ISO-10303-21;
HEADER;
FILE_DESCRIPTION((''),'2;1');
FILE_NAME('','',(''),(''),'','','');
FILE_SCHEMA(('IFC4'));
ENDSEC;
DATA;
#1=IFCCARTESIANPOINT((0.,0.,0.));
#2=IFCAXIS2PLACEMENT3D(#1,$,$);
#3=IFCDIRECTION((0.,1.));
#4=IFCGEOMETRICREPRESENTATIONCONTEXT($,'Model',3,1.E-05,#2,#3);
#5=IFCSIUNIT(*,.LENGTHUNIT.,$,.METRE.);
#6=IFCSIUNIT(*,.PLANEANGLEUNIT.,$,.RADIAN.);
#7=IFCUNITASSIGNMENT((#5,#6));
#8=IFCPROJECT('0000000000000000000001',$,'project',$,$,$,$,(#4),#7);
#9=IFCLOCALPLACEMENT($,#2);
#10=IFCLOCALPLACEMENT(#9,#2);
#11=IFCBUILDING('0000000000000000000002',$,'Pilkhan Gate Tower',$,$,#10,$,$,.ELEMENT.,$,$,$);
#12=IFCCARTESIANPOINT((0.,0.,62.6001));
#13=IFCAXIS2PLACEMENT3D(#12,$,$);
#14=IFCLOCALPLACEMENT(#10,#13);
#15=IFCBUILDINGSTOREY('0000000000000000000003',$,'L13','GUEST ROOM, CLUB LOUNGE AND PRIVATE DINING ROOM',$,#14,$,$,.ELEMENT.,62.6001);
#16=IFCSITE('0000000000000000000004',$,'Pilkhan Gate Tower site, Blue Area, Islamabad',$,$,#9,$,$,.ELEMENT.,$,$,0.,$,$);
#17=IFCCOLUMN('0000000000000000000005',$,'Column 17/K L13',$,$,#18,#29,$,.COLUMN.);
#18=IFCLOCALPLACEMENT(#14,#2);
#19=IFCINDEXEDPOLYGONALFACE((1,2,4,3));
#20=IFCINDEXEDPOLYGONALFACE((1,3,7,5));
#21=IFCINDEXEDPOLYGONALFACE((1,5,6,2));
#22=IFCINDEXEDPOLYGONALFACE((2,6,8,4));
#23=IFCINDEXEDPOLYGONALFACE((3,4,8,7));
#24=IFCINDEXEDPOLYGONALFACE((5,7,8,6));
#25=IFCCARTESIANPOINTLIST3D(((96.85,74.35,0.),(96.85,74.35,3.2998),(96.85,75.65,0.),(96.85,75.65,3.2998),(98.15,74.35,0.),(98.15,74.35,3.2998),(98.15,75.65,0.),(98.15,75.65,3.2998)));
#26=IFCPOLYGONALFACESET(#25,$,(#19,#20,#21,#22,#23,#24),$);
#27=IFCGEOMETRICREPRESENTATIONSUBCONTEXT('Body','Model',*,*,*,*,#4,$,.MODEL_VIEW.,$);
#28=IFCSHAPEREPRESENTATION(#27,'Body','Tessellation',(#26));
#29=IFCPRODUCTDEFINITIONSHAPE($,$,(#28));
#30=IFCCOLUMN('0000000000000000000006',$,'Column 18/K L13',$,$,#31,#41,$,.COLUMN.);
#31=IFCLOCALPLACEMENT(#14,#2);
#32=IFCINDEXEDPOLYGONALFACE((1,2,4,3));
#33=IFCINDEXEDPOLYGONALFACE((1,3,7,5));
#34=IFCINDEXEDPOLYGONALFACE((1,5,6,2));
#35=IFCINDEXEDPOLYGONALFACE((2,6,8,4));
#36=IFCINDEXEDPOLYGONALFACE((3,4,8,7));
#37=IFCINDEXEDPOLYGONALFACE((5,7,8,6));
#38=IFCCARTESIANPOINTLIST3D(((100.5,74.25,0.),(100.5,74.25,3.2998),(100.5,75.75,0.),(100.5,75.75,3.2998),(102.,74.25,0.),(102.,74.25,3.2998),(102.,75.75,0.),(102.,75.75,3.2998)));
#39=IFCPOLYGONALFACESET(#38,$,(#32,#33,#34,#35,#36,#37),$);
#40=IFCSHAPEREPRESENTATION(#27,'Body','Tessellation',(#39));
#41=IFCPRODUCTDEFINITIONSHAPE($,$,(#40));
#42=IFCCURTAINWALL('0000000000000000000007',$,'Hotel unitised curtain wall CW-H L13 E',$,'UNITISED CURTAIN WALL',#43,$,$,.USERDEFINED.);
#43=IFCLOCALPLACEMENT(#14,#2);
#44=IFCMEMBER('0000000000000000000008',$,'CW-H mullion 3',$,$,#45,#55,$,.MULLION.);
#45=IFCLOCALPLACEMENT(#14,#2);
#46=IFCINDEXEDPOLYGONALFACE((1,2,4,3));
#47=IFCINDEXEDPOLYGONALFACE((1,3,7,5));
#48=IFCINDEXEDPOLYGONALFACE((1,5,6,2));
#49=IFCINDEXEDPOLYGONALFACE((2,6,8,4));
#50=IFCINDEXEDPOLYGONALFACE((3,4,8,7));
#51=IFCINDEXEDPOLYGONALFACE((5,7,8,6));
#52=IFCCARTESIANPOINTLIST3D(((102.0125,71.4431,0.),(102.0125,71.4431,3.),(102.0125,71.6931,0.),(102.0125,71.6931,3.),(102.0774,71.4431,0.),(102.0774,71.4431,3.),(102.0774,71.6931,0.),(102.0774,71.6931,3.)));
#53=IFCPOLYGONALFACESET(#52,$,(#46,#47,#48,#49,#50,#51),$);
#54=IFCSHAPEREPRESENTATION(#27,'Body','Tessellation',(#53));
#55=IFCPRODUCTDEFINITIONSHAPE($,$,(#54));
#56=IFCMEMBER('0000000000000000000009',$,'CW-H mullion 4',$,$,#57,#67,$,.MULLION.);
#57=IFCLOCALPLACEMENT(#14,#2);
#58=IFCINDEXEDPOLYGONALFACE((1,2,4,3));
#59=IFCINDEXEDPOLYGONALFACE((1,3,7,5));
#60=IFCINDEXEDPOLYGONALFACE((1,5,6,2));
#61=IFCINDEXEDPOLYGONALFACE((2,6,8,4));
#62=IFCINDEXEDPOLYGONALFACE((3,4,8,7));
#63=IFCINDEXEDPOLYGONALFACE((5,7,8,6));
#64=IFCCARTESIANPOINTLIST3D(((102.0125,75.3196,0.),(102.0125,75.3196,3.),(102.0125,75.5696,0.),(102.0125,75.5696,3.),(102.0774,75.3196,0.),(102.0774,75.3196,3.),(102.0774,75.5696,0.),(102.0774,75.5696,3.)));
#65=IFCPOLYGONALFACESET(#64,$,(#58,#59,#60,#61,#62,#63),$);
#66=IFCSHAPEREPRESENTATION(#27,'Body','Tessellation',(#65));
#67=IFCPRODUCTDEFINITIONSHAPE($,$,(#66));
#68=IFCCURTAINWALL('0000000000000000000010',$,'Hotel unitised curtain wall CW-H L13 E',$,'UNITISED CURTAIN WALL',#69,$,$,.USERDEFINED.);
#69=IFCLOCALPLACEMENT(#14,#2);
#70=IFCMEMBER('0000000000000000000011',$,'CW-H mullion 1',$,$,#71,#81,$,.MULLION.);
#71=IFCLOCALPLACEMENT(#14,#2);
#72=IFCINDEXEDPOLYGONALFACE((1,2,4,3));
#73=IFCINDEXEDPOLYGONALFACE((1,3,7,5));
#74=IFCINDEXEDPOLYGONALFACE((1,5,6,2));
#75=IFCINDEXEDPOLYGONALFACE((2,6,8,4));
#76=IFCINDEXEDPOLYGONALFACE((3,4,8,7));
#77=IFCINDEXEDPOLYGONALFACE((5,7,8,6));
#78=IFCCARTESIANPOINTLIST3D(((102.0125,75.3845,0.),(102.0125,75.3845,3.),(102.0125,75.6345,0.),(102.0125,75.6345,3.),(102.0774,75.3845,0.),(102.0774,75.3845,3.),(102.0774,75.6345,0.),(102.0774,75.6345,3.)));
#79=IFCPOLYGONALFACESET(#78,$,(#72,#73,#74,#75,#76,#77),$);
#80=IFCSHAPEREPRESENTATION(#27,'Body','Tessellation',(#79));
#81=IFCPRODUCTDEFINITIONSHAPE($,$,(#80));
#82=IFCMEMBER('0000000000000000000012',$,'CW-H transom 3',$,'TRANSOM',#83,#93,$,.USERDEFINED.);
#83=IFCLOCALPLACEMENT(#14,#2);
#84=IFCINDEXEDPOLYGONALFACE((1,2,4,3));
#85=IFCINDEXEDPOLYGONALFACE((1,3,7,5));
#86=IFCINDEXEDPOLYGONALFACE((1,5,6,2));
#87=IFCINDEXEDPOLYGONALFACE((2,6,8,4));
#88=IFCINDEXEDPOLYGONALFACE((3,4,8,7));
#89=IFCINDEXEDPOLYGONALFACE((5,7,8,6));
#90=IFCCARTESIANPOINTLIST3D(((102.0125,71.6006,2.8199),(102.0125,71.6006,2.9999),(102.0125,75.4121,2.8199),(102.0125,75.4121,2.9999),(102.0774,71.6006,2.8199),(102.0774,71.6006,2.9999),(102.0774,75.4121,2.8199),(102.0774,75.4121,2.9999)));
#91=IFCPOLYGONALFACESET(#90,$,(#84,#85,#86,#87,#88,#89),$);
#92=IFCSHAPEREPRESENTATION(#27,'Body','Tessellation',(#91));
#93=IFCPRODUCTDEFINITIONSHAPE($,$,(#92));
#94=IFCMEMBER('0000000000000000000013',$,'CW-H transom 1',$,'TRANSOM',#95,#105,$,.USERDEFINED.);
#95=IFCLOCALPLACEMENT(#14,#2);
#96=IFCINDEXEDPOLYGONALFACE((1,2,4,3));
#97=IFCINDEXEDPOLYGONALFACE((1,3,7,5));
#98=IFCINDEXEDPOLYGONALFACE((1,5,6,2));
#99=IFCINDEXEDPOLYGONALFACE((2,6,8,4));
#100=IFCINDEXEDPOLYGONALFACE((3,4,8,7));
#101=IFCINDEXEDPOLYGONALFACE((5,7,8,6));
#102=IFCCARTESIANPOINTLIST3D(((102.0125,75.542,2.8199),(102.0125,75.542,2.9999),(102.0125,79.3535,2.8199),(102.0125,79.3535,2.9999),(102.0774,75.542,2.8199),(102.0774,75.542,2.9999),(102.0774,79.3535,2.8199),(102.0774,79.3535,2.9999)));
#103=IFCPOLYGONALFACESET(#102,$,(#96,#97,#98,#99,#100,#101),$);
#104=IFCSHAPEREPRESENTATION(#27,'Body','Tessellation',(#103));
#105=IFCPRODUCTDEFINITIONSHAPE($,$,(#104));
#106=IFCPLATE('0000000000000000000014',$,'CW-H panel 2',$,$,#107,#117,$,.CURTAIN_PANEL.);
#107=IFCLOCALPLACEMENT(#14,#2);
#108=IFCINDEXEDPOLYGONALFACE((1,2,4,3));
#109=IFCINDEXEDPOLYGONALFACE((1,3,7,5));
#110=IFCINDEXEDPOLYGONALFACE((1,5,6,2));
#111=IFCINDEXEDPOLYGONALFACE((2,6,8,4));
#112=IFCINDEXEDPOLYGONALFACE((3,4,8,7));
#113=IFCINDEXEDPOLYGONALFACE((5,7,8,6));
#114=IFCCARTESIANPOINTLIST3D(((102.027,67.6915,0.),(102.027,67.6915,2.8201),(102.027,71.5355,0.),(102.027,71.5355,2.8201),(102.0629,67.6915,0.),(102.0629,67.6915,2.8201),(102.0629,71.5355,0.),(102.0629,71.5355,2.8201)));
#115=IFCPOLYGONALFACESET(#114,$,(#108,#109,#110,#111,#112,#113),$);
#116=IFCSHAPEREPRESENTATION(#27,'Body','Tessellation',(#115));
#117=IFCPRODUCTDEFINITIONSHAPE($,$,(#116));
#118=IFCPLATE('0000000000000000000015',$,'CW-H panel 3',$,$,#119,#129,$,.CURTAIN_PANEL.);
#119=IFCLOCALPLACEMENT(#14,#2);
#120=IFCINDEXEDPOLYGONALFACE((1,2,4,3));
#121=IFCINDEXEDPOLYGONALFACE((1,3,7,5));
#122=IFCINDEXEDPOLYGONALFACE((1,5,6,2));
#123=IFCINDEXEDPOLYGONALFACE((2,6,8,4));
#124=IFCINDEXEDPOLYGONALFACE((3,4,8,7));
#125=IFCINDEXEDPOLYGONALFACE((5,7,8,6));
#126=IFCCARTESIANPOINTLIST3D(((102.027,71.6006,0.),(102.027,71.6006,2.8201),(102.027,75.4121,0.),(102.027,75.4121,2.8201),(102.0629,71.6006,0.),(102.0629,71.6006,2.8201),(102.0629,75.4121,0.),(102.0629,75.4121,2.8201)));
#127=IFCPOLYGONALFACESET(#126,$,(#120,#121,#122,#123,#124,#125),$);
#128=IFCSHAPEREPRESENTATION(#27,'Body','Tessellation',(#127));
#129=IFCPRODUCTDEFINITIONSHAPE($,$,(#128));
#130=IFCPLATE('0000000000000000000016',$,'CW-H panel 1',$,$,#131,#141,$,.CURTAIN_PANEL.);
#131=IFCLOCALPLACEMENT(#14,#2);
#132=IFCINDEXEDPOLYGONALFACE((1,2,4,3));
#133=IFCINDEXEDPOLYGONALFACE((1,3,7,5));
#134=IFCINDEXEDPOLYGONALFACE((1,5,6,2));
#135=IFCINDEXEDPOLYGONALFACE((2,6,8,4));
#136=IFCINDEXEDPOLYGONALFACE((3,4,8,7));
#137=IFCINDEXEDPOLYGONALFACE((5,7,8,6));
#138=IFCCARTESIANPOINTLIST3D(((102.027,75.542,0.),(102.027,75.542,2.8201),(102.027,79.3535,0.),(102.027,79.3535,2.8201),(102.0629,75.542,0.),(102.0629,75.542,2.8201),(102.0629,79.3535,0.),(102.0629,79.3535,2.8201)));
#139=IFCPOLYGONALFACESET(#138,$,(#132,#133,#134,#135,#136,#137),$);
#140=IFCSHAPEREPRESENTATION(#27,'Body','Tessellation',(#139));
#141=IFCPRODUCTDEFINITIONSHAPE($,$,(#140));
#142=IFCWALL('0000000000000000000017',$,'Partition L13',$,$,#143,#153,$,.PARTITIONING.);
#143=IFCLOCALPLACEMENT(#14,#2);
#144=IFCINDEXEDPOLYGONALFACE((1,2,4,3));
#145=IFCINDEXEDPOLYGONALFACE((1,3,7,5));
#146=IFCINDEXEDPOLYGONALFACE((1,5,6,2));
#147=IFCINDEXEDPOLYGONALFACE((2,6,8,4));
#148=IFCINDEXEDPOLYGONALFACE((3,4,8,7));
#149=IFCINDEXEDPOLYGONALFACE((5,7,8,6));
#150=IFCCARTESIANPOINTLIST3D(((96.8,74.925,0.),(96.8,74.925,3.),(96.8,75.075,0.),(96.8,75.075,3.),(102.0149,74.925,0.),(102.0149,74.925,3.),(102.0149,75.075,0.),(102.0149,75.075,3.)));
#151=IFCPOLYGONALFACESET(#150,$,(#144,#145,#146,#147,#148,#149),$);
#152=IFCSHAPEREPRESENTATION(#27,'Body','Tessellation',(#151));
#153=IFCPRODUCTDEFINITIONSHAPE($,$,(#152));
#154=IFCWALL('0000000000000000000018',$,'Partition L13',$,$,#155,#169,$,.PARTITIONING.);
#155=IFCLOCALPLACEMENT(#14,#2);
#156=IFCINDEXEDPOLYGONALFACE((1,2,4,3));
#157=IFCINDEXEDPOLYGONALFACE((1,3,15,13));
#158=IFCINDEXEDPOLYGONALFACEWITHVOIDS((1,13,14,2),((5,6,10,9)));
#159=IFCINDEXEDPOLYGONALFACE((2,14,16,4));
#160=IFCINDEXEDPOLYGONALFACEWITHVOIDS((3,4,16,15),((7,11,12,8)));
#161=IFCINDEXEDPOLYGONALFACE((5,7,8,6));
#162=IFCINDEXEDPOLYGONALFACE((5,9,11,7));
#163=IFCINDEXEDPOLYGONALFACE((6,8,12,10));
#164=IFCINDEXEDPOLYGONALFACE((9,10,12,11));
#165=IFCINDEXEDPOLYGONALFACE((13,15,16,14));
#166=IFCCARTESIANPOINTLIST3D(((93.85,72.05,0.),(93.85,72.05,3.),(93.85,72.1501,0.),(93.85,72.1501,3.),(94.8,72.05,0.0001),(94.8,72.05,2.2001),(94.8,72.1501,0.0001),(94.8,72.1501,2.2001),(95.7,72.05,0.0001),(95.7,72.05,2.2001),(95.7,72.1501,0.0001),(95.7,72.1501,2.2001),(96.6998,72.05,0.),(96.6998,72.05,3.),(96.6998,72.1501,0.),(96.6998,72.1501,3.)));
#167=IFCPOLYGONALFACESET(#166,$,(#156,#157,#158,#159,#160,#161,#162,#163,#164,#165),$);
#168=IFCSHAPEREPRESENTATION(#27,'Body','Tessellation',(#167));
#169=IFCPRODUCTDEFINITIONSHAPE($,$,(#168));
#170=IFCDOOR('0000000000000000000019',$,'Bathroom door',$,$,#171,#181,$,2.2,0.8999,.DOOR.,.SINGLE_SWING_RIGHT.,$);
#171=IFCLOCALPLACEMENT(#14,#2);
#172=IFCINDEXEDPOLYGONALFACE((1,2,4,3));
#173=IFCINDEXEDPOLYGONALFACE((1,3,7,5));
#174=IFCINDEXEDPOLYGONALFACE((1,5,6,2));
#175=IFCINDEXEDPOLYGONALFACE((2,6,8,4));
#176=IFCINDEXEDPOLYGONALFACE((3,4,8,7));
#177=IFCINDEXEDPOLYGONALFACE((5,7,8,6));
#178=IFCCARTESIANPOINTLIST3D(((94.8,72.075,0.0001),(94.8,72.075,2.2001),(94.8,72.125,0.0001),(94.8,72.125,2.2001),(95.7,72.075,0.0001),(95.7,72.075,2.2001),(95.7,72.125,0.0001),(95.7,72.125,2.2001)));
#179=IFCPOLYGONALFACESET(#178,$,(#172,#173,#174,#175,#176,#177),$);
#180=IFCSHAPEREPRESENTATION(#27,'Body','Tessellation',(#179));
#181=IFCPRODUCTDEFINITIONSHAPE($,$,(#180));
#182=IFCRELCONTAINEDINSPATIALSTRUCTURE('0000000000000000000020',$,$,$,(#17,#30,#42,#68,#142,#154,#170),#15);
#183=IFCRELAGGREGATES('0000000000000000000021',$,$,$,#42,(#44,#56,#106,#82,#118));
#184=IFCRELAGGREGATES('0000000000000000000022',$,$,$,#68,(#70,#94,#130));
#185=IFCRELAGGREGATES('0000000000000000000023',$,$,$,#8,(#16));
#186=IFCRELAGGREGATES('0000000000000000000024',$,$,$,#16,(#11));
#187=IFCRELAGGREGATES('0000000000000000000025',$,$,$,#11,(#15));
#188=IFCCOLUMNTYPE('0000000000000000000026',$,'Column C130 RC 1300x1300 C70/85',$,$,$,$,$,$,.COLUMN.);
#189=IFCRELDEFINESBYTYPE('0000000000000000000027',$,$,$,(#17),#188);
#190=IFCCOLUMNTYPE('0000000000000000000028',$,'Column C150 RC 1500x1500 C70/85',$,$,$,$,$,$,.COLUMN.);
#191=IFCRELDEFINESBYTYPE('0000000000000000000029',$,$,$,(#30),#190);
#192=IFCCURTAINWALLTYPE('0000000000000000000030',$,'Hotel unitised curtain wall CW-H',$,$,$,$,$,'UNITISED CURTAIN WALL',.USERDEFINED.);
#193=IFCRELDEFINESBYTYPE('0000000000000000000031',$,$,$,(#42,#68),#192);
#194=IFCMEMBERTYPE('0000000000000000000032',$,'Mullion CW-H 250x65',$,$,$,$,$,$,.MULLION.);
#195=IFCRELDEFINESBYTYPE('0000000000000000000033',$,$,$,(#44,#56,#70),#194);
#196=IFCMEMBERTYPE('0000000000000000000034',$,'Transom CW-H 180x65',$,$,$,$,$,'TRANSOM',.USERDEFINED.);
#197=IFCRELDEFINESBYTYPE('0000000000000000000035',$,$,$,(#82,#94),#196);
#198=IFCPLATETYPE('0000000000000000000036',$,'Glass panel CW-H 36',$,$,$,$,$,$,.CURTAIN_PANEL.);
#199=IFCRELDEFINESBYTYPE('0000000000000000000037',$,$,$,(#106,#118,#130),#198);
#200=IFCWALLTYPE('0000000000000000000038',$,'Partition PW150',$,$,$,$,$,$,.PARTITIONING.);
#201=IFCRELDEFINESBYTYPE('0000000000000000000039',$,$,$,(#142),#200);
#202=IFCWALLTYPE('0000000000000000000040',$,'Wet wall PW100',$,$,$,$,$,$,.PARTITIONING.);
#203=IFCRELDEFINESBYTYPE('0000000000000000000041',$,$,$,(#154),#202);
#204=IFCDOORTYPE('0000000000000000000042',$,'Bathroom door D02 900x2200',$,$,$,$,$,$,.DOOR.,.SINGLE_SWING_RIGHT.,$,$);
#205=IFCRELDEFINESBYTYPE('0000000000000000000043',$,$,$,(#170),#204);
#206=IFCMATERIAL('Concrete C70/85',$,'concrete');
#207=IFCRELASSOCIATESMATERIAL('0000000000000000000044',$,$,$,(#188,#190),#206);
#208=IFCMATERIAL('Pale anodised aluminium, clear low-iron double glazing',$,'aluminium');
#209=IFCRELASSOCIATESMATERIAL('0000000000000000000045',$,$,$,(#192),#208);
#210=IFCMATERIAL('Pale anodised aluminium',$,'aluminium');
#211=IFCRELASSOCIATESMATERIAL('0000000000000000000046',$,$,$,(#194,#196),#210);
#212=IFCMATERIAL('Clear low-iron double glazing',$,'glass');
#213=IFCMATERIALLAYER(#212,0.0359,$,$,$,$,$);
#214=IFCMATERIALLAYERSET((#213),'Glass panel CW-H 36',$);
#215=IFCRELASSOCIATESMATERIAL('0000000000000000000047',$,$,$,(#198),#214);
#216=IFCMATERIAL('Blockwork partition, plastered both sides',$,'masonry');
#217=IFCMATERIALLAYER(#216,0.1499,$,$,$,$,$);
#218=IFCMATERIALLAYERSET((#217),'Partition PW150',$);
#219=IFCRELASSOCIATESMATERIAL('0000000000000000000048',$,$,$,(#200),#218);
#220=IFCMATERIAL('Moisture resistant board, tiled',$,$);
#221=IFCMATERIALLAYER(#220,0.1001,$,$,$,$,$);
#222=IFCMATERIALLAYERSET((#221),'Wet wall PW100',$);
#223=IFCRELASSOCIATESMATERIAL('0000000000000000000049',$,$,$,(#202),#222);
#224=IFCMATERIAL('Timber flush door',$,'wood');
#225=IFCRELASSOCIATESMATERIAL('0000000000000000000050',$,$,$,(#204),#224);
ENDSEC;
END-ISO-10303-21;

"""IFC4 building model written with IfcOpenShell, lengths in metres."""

from ifc_helpers import new_model, si_unit, direction, frame, frame_2d, origin, origin_2d, place, context, subcontext, project, spatial, rectangle, extrude, material, layer, layer_set, material_profile, profile_set, type_object, element, fill, aggregate, save


model = new_model("IFC4")

# Units and contexts
model_context = context("Model", 3, precision=1e-05, world=origin(), true_north=direction((0.0, 1.0)))
body_context = subcontext(model_context, "Body", "Model", "MODEL_VIEW")
ifc_project = project(units=[si_unit("LENGTHUNIT", "METRE"), si_unit("PLANEANGLEUNIT", "RADIAN")], contexts=[model_context])

# Site, building, storey
site_placement = place(None, origin())
site = spatial("IfcSite", under=ifc_project, at=site_placement, Name="Pilkhan Gate Tower site, Blue Area, Islamabad", CompositionType="ELEMENT", RefElevation=0.0)
building_placement = place(site_placement, origin())
building = spatial("IfcBuilding", under=site, at=building_placement, Name="Pilkhan Gate Tower", CompositionType="ELEMENT")
storey_placement = place(building_placement, frame((0.0, 0.0, 62.6001)))
storey = spatial("IfcBuildingStorey", under=building, at=storey_placement, Name="L13", Description="GUEST ROOM, CLUB LOUNGE AND PRIVATE DINING ROOM", CompositionType="ELEMENT", Elevation=62.6001)

# Columns
ifc_material_1 = material(Name="Concrete C70/85", Category="concrete")
ifc_material_profile_1 = material_profile(ifc_material_1, rectangle(XDim=1.3, YDim=1.3, at=origin_2d()), Name="RC 1300x1300")
ifc_profile_set_1 = profile_set([ifc_material_profile_1], Name="Concrete C70/85")
column_type_1 = type_object("IfcColumnType", Name="Column C130 RC 1300x1300 C70/85", PredefinedType="COLUMN", material=ifc_profile_set_1)
column_1_placement = place(storey_placement, frame((97.5, 75.0, 0.0), z_axis=(0.0, 0.0, 1.0), x_axis=(1.0, 0.0, 0.0)))
element("IfcColumn", 1, at=column_1_placement, inside=storey, type_object=column_type_1, Name="Column 17/K L13", PredefinedType="COLUMN", context=body_context, shape_type="SweptSolid", body=[
    extrude(rectangle(XDim=1.3, YDim=1.3, at=origin_2d()), origin(), (0.0, 0.0, 1.0), 3.2998),
])
ifc_material_profile_2 = material_profile(ifc_material_1, rectangle(XDim=1.5, YDim=1.5, at=origin_2d()), Name="RC 1500x1500")
ifc_profile_set_2 = profile_set([ifc_material_profile_2], Name="Concrete C70/85")
column_type_2 = type_object("IfcColumnType", Name="Column C150 RC 1500x1500 C70/85", PredefinedType="COLUMN", material=ifc_profile_set_2)
column_2_placement = place(storey_placement, frame((101.25, 75.0, 0.0), z_axis=(0.0, 0.0, 1.0), x_axis=(1.0, 0.0, 0.0)))
element("IfcColumn", 2, at=column_2_placement, inside=storey, type_object=column_type_2, Name="Column 18/K L13", PredefinedType="COLUMN", context=body_context, shape_type="SweptSolid", body=[
    extrude(rectangle(XDim=1.5, YDim=1.5, at=origin_2d()), origin(), (0.0, 0.0, 1.0), 3.2998),
])

# Curtain wall, members
ifc_material_2 = material(Name="Pale anodised aluminium, clear low-iron double glazing", Category="aluminium")
curtain_wall_type = type_object("IfcCurtainWallType", Name="Hotel unitised curtain wall CW-H", ElementType="UNITISED CURTAIN WALL", PredefinedType="USERDEFINED", material=ifc_material_2)
curtain_wall_1_placement = place(storey_placement, origin())
curtain_wall_1 = element("IfcCurtainWall", 3, at=curtain_wall_1_placement, inside=storey, type_object=curtain_wall_type, Name="Hotel unitised curtain wall CW-H L13 E", ObjectType="UNITISED CURTAIN WALL", PredefinedType="USERDEFINED")
ifc_material_3 = material(Name="Pale anodised aluminium", Category="aluminium")
ifc_material_profile_3 = material_profile(ifc_material_3, rectangle(XDim=0.0649, YDim=0.25, at=origin_2d()), Name="Mullion 250x65")
ifc_profile_set_3 = profile_set([ifc_material_profile_3], Name="Pale anodised aluminium")
member_type_1 = type_object("IfcMemberType", Name="Mullion CW-H 250x65", PredefinedType="MULLION", material=ifc_profile_set_3)
member_1_placement = place(storey_placement, frame((102.0449, 71.5681, 0.0), z_axis=(0.0, 0.0, 1.0), x_axis=(-1.0, 0.0, 0.0)))
member_1 = element("IfcMember", 4, at=member_1_placement, type_object=member_type_1, Name="CW-H mullion 3", PredefinedType="MULLION", context=body_context, shape_type="SweptSolid", body=[
    extrude(rectangle(XDim=0.0649, YDim=0.25, at=origin_2d()), origin(), (0.0, 0.0, 1.0), 3.0),
])
member_2_placement = place(storey_placement, frame((102.0449, 75.4446, 0.0), z_axis=(0.0, 0.0, 1.0), x_axis=(-1.0, 0.0, 0.0)))
member_2 = element("IfcMember", 5, at=member_2_placement, type_object=member_type_1, Name="CW-H mullion 4", PredefinedType="MULLION", context=body_context, shape_type="SweptSolid", body=[
    extrude(rectangle(XDim=0.0649, YDim=0.25, at=origin_2d()), origin(), (0.0, 0.0, 1.0), 3.0),
])

# Curtain wall, member
curtain_wall_2_placement = place(storey_placement, origin())
curtain_wall_2 = element("IfcCurtainWall", 6, at=curtain_wall_2_placement, inside=storey, type_object=curtain_wall_type, Name="Hotel unitised curtain wall CW-H L13 E", ObjectType="UNITISED CURTAIN WALL", PredefinedType="USERDEFINED")
member_3_placement = place(storey_placement, frame((102.0449, 75.5095, 0.0), z_axis=(0.0, 0.0, 1.0), x_axis=(-1.0, 0.0, 0.0)))
member_3 = element("IfcMember", 7, at=member_3_placement, type_object=member_type_1, Name="CW-H mullion 1", PredefinedType="MULLION", context=body_context, shape_type="SweptSolid", body=[
    extrude(rectangle(XDim=0.0649, YDim=0.25, at=origin_2d()), origin(), (0.0, 0.0, 1.0), 3.0),
])

# Members
ifc_material_profile_4 = material_profile(ifc_material_3, rectangle(XDim=0.0649, YDim=0.1799, at=origin_2d()), Name="Transom 180x65")
ifc_profile_set_4 = profile_set([ifc_material_profile_4], Name="Pale anodised aluminium")
member_type_2 = type_object("IfcMemberType", Name="Transom CW-H 180x65", ElementType="TRANSOM", PredefinedType="USERDEFINED", material=ifc_profile_set_4)
member_4_placement = place(storey_placement, frame((102.0449, 71.6006, 2.9099), z_axis=(0.0, 1.0, 0.0), x_axis=(-1.0, 0.0, 0.0)))
member_4 = element("IfcMember", 8, at=member_4_placement, type_object=member_type_2, Name="CW-H transom 3", ObjectType="TRANSOM", PredefinedType="USERDEFINED", context=body_context, shape_type="SweptSolid", body=[
    extrude(rectangle(XDim=0.0649, YDim=0.1799, at=origin_2d()), origin(), (0.0, 0.0, 1.0), 3.8115),
])
member_5_placement = place(storey_placement, frame((102.0449, 75.542, 2.9099), z_axis=(0.0, 1.0, 0.0), x_axis=(-1.0, 0.0, 0.0)))
member_5 = element("IfcMember", 9, at=member_5_placement, type_object=member_type_2, Name="CW-H transom 1", ObjectType="TRANSOM", PredefinedType="USERDEFINED", context=body_context, shape_type="SweptSolid", body=[
    extrude(rectangle(XDim=0.0649, YDim=0.1799, at=origin_2d()), origin(), (0.0, 0.0, 1.0), 3.8115),
])

# Plates
ifc_material_4 = material(Name="Clear low-iron double glazing", Category="glass")
ifc_layer_1 = layer(ifc_material_4, 0.0359)
ifc_layer_set_1 = layer_set([ifc_layer_1], Name="Glass panel CW-H 36")
plate_type = type_object("IfcPlateType", Name="Glass panel CW-H 36", PredefinedType="CURTAIN_PANEL", material=ifc_layer_set_1)
plate_1_placement = place(storey_placement, frame((102.0449, 69.6135, 0.0), z_axis=(0.0, 0.0, 1.0), x_axis=(0.0, 1.0, 0.0)))
plate_1 = element("IfcPlate", 10, at=plate_1_placement, type_object=plate_type, Name="CW-H panel 2", PredefinedType="CURTAIN_PANEL", context=body_context, shape_type="SweptSolid", body=[
    extrude(rectangle(XDim=3.844, YDim=0.0359, at=origin_2d()), origin(), (0.0, 0.0, 1.0), 2.8201),
])
plate_2_placement = place(storey_placement, frame((102.0449, 73.5063, 0.0), z_axis=(0.0, 0.0, 1.0), x_axis=(0.0, 1.0, 0.0)))
plate_2 = element("IfcPlate", 11, at=plate_2_placement, type_object=plate_type, Name="CW-H panel 3", PredefinedType="CURTAIN_PANEL", context=body_context, shape_type="SweptSolid", body=[
    extrude(rectangle(XDim=3.8115, YDim=0.0359, at=origin_2d()), origin(), (0.0, 0.0, 1.0), 2.8201),
])
aggregate(curtain_wall_1, [member_1, member_2, plate_1, member_4, plate_2])
plate_3_placement = place(storey_placement, frame((102.0449, 77.4478, 0.0), z_axis=(0.0, 0.0, 1.0), x_axis=(0.0, 1.0, 0.0)))
plate_3 = element("IfcPlate", 12, at=plate_3_placement, type_object=plate_type, Name="CW-H panel 1", PredefinedType="CURTAIN_PANEL", context=body_context, shape_type="SweptSolid", body=[
    extrude(rectangle(XDim=3.8115, YDim=0.0359, at=origin_2d()), origin(), (0.0, 0.0, 1.0), 2.8201),
])
aggregate(curtain_wall_2, [member_3, member_5, plate_3])

# Wall
ifc_material_5 = material(Name="Blockwork partition, plastered both sides", Category="masonry")
ifc_layer_2 = layer(ifc_material_5, 0.1499)
ifc_layer_set_2 = layer_set([ifc_layer_2], Name="Partition PW150")
wall_type_1 = type_object("IfcWallType", Name="Partition PW150", PredefinedType="PARTITIONING", material=ifc_layer_set_2)
wall_1_placement = place(storey_placement, frame((96.8, 75.0, 0.0), z_axis=(0.0, 0.0, 1.0), x_axis=(1.0, 0.0, 0.0)))
element("IfcWall", 13, at=wall_1_placement, inside=storey, type_object=wall_type_1, Name="Partition L13", PredefinedType="PARTITIONING", context=body_context, shape_type="SweptSolid", body=[
    extrude(rectangle(XDim=5.2148, YDim=0.1499, at=frame_2d((2.6074, 0.0))), origin(), (0.0, 0.0, 1.0), 3.0),
])

# Wall, opening, door
ifc_material_6 = material(Name="Moisture resistant board, tiled")
ifc_layer_3 = layer(ifc_material_6, 0.1001)
ifc_layer_set_3 = layer_set([ifc_layer_3], Name="Wet wall PW100")
wall_type_2 = type_object("IfcWallType", Name="Wet wall PW100", PredefinedType="PARTITIONING", material=ifc_layer_set_3)
wall_2_placement = place(storey_placement, frame((93.8501, 72.1001, 0.0), z_axis=(0.0, 0.0, 1.0), x_axis=(1.0, 0.0, 0.0)))
wall_2 = element("IfcWall", 14, at=wall_2_placement, inside=storey, type_object=wall_type_2, Name="Partition L13", PredefinedType="PARTITIONING", context=body_context, shape_type="SweptSolid", body=[
    extrude(rectangle(XDim=2.8499, YDim=0.1001, at=frame_2d((1.4248, 0.0))), origin(), (0.0, 0.0, 1.0), 3.0),
])
opening_1_placement = place(wall_2_placement, frame((0.95, 0.0, 0.0)))
opening_1 = element("IfcOpeningElement", 15, at=opening_1_placement, cuts=wall_2, PredefinedType="OPENING", context=body_context, shape_type="SweptSolid", body=[
    extrude(rectangle(XDim=0.8999, YDim=2.2, at=frame_2d((0.45, 1.1001))), frame((0.0, 0.0601, 0.0), z_axis=(0.0, -1.0, 0.0), x_axis=(1.0, 0.0, 0.0)), (0.0, 0.0, 1.0), 0.1201),
])
ifc_material_7 = material(Name="Timber flush door", Category="wood")
door_type = type_object("IfcDoorType", Name="Bathroom door D02 900x2200", OperationType="SINGLE_SWING_RIGHT", PredefinedType="DOOR", material=ifc_material_7)
door_1_placement = place(opening_1_placement, origin())
door_1 = element("IfcDoor", 16, at=door_1_placement, inside=storey, type_object=door_type, Name="Bathroom door", OperationType="SINGLE_SWING_RIGHT", OverallHeight=2.2, OverallWidth=0.8999, PredefinedType="DOOR", context=body_context, shape_type="SweptSolid", body=[
    extrude(rectangle(XDim=0.8999, YDim=2.2, at=frame_2d((0.45, 1.1001))), frame((0.0, 0.0249, 0.0), z_axis=(0.0, -1.0, 0.0), x_axis=(1.0, 0.0, 0.0)), (0.0, 0.0, 1.0), 0.05),
])
fill(opening_1, door_1)

save(model, "model.ifc")
